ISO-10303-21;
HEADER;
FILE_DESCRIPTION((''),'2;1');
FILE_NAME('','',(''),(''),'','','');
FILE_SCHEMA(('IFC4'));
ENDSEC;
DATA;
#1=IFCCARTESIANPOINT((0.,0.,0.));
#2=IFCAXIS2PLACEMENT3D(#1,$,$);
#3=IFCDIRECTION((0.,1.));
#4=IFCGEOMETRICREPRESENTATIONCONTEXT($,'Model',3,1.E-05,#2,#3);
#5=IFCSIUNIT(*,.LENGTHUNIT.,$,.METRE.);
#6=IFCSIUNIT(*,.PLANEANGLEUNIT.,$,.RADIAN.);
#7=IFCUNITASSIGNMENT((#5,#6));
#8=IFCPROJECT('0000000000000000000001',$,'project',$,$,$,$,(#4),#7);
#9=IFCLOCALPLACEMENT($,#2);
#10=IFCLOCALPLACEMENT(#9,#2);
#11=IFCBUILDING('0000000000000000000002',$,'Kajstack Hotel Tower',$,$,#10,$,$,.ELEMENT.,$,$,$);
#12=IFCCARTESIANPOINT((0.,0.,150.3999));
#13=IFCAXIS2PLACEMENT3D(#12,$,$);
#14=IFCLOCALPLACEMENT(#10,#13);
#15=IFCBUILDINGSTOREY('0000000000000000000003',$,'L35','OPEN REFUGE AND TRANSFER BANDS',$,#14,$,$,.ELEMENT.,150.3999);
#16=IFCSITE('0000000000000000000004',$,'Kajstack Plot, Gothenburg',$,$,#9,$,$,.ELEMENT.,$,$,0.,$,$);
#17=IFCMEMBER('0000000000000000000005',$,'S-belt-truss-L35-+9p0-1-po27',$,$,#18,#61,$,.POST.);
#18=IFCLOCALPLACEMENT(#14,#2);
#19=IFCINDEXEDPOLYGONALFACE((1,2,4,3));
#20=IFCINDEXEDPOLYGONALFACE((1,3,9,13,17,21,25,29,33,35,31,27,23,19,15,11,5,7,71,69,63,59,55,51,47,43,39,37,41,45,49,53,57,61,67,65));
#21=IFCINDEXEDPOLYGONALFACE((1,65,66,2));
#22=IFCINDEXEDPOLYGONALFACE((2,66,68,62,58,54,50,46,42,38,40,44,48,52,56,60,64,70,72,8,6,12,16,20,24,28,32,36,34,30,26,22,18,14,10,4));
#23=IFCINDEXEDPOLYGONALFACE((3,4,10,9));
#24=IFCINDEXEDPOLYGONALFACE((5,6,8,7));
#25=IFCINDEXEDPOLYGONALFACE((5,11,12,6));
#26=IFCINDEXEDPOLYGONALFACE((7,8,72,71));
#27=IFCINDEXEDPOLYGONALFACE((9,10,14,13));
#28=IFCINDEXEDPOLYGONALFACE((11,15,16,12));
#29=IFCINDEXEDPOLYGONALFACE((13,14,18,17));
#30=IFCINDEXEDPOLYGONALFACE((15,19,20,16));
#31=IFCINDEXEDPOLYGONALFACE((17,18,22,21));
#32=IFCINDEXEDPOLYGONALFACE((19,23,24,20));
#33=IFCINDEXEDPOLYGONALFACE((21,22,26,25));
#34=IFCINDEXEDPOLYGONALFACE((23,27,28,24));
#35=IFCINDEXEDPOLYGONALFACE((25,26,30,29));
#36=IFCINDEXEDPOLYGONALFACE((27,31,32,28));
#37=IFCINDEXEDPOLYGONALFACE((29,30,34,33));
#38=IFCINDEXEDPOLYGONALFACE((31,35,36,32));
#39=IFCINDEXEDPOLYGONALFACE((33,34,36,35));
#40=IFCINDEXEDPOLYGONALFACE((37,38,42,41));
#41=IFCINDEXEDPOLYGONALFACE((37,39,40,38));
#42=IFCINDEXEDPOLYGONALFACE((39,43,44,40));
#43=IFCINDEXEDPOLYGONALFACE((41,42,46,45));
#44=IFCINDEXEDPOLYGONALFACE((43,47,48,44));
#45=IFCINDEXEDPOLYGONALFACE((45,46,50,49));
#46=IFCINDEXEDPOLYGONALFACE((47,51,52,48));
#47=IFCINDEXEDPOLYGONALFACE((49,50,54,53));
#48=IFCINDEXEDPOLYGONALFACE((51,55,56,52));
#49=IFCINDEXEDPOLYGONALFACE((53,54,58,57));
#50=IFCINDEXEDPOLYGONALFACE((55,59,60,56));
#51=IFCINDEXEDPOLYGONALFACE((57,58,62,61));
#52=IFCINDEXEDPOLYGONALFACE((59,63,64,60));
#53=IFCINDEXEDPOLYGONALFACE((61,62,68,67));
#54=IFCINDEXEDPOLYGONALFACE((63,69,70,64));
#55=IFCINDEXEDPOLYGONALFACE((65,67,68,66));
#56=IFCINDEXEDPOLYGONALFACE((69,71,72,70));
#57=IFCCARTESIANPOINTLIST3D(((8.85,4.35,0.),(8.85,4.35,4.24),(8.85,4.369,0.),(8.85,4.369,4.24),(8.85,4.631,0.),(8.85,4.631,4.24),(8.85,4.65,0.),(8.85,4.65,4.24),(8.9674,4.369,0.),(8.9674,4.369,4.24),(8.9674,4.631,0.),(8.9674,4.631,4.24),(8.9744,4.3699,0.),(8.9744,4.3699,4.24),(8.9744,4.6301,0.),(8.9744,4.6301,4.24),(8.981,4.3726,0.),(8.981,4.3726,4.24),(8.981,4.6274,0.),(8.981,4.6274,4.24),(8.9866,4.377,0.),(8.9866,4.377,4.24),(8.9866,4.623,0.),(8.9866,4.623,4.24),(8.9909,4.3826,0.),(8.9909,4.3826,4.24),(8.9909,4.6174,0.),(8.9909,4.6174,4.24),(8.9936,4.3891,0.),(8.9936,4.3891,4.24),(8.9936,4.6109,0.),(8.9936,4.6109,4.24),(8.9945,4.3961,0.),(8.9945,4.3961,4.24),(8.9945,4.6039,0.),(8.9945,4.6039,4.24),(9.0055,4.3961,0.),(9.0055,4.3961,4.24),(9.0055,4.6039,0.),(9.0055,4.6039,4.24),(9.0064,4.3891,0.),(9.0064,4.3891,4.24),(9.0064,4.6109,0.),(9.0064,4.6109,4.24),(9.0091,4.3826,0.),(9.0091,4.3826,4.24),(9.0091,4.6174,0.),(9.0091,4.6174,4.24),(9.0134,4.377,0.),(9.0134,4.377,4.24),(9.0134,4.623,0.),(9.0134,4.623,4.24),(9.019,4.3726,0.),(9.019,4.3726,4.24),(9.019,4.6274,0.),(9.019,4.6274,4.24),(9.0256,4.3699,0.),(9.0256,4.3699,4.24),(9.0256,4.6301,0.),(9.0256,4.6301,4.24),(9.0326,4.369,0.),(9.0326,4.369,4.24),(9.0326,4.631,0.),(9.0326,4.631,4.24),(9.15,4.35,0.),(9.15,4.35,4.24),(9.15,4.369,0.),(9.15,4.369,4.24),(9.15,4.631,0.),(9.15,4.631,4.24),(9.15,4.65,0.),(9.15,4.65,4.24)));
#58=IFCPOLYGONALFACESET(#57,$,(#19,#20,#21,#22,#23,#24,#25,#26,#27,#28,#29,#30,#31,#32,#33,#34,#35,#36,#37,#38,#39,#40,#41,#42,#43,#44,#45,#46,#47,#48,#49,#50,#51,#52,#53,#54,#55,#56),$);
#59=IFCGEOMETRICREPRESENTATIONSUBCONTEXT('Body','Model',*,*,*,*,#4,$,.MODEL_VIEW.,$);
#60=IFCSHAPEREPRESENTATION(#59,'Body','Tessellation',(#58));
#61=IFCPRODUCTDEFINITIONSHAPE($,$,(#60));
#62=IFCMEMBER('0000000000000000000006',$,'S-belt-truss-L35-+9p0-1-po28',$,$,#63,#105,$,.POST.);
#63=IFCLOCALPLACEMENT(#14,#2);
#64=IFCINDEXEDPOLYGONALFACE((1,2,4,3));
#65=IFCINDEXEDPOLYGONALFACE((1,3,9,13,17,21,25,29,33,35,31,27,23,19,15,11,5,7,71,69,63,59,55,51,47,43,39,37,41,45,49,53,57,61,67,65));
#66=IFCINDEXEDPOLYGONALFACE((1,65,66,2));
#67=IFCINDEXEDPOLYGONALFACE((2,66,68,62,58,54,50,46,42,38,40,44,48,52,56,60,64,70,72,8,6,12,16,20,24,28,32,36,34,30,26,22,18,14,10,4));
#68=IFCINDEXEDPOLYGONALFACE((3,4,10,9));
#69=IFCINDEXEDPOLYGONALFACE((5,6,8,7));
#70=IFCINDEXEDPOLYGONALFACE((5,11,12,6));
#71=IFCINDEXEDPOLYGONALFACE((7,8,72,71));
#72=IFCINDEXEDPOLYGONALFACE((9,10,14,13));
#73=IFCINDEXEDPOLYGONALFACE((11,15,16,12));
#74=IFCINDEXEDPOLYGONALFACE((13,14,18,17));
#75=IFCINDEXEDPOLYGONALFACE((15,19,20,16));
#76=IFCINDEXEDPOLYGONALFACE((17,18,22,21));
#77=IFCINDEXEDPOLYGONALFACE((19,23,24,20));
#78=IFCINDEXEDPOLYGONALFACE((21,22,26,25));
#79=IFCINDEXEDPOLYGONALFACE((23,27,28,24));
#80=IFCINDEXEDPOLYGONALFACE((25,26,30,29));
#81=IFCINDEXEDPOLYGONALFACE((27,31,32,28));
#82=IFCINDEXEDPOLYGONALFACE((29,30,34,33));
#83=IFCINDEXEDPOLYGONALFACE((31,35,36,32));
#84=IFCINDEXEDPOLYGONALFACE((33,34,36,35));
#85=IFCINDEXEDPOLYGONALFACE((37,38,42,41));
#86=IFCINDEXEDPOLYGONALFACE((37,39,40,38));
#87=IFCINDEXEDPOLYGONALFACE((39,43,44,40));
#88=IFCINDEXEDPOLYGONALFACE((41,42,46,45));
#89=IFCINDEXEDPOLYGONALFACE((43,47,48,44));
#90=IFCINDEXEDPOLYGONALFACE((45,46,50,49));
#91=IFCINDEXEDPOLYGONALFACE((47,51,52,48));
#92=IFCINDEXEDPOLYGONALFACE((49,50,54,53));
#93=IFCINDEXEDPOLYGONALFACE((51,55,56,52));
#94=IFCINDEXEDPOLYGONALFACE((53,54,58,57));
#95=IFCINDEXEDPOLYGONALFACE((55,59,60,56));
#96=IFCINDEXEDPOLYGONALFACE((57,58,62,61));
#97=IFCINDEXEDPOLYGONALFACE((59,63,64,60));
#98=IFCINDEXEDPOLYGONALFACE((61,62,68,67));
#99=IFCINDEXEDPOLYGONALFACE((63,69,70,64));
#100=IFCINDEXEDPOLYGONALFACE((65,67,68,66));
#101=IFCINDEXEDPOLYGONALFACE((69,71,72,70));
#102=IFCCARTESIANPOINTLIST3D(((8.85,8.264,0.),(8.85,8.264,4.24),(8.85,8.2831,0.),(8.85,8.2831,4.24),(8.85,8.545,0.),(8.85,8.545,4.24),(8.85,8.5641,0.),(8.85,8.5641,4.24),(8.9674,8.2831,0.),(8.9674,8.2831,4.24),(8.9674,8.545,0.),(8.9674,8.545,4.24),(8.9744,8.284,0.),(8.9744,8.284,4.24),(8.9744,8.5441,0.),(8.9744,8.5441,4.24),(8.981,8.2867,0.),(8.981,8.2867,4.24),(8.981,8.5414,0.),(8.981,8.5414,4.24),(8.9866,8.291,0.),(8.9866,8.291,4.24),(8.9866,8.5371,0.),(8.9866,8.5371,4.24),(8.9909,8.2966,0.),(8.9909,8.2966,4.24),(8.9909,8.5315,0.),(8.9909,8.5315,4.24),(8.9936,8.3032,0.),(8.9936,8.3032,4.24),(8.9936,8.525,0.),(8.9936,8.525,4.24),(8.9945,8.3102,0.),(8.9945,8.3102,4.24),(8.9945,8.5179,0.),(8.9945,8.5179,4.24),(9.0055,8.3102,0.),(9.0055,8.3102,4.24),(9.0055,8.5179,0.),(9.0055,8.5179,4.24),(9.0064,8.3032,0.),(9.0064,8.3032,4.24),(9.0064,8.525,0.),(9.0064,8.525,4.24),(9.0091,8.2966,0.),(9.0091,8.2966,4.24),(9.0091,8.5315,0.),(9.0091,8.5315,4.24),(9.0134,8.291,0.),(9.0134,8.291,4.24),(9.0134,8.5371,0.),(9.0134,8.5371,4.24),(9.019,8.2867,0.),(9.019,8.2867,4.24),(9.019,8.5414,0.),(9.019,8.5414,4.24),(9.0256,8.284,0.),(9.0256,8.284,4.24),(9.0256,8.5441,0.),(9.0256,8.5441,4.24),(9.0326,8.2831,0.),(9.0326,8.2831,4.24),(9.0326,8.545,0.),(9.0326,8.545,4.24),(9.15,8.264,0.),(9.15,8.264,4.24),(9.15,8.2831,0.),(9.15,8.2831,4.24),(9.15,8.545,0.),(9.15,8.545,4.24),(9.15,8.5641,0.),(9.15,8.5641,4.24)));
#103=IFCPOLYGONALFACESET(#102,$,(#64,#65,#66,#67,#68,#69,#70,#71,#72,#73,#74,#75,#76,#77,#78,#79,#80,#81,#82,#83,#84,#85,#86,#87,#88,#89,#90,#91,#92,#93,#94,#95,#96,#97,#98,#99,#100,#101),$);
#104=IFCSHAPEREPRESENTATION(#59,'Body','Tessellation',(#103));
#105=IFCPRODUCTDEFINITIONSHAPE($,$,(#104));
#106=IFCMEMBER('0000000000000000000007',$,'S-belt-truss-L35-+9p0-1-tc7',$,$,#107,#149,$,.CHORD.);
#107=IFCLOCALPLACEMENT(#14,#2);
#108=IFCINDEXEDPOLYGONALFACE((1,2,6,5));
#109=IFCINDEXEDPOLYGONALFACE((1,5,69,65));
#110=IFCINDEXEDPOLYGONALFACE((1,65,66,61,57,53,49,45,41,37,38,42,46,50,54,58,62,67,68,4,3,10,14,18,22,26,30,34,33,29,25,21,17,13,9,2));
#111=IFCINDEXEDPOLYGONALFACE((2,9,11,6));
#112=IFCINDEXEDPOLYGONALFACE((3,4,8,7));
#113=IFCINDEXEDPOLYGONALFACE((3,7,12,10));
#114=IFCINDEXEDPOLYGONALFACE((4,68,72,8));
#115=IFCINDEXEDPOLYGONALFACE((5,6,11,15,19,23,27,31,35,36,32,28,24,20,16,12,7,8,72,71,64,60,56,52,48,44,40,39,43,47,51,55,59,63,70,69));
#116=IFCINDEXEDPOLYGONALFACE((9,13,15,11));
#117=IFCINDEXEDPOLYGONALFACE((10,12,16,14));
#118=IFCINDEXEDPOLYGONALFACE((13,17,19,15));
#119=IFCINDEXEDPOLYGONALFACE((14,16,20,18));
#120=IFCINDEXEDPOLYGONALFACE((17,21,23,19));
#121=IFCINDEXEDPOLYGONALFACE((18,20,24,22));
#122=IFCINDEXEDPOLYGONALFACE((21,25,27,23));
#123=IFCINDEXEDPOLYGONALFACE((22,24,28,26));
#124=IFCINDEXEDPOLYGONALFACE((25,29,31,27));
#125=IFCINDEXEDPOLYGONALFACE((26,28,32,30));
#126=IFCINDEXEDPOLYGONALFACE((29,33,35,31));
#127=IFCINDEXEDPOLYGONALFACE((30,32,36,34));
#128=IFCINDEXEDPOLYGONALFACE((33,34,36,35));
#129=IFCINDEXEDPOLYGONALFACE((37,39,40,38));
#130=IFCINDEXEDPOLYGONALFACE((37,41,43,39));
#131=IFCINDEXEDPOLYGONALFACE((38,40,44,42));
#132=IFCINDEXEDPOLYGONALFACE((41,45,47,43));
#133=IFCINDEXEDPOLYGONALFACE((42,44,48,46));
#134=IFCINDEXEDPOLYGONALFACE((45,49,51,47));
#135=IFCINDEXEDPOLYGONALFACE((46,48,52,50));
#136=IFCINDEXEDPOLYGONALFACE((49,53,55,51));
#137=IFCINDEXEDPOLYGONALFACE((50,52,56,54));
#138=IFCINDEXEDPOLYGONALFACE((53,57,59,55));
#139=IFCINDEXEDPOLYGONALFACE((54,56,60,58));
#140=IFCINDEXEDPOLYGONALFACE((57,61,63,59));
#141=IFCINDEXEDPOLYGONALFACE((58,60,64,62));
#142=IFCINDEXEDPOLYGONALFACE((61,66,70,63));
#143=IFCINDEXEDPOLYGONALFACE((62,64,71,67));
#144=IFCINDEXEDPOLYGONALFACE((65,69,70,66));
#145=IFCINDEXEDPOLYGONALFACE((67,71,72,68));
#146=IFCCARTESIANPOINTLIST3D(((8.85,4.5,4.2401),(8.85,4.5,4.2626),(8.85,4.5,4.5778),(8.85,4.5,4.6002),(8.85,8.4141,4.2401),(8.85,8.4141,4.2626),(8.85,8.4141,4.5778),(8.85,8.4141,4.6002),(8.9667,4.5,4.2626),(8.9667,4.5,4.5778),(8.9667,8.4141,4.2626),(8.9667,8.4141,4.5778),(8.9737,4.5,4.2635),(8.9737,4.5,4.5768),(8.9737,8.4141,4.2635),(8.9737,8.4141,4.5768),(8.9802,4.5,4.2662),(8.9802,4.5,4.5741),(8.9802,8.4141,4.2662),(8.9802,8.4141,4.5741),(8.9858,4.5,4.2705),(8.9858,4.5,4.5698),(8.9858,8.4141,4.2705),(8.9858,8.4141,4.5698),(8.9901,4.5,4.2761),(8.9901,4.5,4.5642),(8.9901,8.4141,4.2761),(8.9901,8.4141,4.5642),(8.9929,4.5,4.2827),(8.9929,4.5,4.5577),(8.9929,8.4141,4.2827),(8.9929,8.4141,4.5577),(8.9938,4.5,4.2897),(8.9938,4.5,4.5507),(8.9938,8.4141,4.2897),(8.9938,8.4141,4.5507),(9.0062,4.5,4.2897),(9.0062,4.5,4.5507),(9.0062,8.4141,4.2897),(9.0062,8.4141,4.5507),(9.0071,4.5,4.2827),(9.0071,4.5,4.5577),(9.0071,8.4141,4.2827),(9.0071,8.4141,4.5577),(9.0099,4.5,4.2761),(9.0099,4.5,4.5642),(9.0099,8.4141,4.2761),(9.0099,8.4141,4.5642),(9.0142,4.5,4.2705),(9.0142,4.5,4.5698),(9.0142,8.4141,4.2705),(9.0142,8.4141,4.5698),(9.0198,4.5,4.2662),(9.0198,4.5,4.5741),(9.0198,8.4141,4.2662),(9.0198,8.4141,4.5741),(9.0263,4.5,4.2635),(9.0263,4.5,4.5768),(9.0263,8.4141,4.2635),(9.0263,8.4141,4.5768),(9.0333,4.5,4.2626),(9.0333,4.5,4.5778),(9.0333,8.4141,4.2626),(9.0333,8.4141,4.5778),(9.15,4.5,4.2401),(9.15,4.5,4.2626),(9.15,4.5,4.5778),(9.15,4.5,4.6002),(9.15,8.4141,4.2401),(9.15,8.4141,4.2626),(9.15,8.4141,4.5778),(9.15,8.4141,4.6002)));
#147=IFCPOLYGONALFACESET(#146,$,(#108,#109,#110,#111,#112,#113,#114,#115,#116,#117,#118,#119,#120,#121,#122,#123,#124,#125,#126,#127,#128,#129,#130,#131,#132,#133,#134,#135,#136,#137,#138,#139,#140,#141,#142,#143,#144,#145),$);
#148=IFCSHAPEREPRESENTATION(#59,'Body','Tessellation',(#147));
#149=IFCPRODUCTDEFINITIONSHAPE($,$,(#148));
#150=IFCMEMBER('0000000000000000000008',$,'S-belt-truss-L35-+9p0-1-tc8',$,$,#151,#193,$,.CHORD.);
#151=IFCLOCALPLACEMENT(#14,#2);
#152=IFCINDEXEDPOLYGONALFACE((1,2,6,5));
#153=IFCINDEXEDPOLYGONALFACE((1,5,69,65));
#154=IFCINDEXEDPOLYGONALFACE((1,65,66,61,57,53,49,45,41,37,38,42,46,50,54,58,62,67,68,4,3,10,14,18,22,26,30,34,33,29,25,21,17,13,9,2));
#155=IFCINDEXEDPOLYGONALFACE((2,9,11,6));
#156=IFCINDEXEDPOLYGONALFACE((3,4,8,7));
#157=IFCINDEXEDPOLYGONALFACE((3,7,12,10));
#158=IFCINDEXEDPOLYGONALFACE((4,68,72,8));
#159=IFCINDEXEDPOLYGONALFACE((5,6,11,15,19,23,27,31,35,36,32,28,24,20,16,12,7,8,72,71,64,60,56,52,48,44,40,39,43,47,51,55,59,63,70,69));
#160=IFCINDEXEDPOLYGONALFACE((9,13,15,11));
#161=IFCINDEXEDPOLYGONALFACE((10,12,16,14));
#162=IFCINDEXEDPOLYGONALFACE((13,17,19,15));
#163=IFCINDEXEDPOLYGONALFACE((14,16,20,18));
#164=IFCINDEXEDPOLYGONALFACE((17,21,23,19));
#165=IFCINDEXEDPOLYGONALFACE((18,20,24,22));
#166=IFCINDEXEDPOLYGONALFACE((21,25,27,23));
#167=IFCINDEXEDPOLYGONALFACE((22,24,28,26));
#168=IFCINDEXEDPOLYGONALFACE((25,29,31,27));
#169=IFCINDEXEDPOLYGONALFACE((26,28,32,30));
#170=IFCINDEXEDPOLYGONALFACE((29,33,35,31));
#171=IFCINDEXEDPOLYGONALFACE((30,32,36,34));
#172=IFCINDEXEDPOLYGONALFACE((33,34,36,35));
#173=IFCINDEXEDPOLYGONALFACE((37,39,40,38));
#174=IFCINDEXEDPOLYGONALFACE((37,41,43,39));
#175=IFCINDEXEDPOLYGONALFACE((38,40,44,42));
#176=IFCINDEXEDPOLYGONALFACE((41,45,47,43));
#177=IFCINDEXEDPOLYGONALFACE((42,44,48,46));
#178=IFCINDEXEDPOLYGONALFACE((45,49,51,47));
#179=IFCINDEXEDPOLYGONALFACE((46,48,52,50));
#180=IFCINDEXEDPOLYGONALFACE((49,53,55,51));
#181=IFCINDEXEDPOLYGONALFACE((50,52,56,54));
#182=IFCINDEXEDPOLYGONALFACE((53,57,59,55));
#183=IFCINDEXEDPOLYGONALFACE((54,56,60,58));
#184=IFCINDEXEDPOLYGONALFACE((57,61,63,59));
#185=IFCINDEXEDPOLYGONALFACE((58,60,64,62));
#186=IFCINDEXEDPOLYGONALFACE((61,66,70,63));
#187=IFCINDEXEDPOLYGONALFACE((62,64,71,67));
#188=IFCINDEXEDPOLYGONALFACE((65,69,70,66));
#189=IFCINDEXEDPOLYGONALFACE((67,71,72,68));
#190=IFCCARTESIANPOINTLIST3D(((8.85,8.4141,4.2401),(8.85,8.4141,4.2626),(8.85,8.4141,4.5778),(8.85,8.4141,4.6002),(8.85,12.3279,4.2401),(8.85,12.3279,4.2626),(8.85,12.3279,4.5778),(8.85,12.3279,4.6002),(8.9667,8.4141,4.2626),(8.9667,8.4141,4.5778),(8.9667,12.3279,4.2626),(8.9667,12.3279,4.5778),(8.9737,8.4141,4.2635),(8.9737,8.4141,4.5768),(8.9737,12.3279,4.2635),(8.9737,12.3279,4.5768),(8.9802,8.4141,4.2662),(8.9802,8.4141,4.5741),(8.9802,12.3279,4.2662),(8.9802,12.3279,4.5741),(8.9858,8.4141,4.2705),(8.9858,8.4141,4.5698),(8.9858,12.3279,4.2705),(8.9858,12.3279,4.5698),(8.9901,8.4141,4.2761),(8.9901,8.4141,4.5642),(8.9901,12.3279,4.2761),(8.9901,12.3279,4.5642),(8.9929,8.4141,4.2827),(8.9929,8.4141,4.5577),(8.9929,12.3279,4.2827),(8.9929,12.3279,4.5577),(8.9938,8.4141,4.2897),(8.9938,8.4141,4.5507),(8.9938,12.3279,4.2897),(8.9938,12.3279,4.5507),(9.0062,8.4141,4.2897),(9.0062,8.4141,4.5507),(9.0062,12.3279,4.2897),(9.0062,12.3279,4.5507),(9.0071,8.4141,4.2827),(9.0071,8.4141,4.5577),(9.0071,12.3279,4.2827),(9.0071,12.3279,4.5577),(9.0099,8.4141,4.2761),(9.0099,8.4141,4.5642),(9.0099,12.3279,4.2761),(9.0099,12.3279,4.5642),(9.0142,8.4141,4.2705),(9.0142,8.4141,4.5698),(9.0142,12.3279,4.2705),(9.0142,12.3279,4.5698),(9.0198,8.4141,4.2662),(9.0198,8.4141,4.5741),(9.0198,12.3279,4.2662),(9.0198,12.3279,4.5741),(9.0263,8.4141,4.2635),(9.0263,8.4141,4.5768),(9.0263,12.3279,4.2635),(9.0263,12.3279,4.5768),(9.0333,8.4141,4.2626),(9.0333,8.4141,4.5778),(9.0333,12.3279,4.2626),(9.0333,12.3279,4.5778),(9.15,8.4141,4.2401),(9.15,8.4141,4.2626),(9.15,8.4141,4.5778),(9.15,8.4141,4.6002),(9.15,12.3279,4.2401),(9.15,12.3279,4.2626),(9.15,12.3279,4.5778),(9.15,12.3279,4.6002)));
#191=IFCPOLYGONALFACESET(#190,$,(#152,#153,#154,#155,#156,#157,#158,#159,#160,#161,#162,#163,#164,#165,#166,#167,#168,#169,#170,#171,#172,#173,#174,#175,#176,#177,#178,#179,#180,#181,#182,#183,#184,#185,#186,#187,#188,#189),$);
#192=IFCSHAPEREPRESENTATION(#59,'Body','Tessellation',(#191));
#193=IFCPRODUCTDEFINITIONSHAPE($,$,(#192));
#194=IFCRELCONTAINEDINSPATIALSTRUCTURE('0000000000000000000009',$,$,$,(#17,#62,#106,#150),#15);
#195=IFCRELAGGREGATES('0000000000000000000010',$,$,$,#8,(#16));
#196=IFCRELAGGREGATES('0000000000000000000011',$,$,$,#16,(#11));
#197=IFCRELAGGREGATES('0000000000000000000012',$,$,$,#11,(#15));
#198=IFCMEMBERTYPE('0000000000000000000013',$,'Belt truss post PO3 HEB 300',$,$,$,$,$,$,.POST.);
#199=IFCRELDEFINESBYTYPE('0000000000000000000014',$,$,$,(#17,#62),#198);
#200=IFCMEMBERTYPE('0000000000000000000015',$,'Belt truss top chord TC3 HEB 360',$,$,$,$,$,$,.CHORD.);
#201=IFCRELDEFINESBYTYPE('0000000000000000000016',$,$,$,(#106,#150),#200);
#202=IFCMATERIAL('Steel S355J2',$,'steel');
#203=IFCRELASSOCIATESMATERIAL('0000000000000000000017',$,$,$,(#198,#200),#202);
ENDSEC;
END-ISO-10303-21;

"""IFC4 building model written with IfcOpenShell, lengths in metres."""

from ifc_helpers import new_model, si_unit, direction, frame, origin, origin_2d, place, context, subcontext, project, spatial, i_section, extrude, material, material_profile, profile_set, type_object, element, save


model = new_model("IFC4")

# Units and contexts
model_context = context("Model", 3, precision=1e-05, world=origin(), true_north=direction((0.0, 1.0)))
body_context = subcontext(model_context, "Body", "Model", "MODEL_VIEW")
ifc_project = project(units=[si_unit("LENGTHUNIT", "METRE"), si_unit("PLANEANGLEUNIT", "RADIAN")], contexts=[model_context])

# Site, building, storey
site_placement = place(None, origin())
site = spatial("IfcSite", under=ifc_project, at=site_placement, Name="Kajstack Plot, Gothenburg", CompositionType="ELEMENT", RefElevation=0.0)
building_placement = place(site_placement, origin())
building = spatial("IfcBuilding", under=site, at=building_placement, Name="Kajstack Hotel Tower", CompositionType="ELEMENT")
storey_placement = place(building_placement, frame((0.0, 0.0, 150.3999)))
storey = spatial("IfcBuildingStorey", under=building, at=storey_placement, Name="L35", Description="OPEN REFUGE AND TRANSFER BANDS", CompositionType="ELEMENT", Elevation=150.3999)

# Members
ifc_material_1 = material(Name="Steel S355J2", Category="steel")
ifc_material_profile_1 = material_profile(ifc_material_1, i_section(OverallWidth=0.3, OverallDepth=0.3, WebThickness=0.011, FlangeThickness=0.019, FilletRadius=0.0271, at=origin_2d()), Name="HEB 300")
ifc_profile_set_1 = profile_set([ifc_material_profile_1], Name="Steel S355J2")
member_type_1 = type_object("IfcMemberType", Name="Belt truss post PO3 HEB 300", PredefinedType="POST", material=ifc_profile_set_1)
for number, where, z_axis, x_axis, name in (
    (1, (9.0, 4.5, 0.0), (0.0, 0.0, 1.0), (1.0, 0.0, 0.0), "S-belt-truss-L35-+9p0-1-po27"),
    (2, (9.0, 8.4141, 0.0), (0.0, 0.0, 1.0), (1.0, 0.0, 0.0), "S-belt-truss-L35-+9p0-1-po28"),
):
    element("IfcMember", number, at=place(storey_placement, frame(where, z_axis=z_axis, x_axis=x_axis)), inside=storey, type_object=member_type_1, Name=name, PredefinedType="POST", context=body_context, shape_type="SweptSolid", body=[
        extrude(i_section(OverallWidth=0.3, OverallDepth=0.3, WebThickness=0.011, FlangeThickness=0.019, FilletRadius=0.0271, at=origin_2d()), origin(), (0.0, 0.0, 1.0), 4.24),
    ])
ifc_material_profile_2 = material_profile(ifc_material_1, i_section(OverallWidth=0.3, OverallDepth=0.3601, WebThickness=0.0125, FlangeThickness=0.0225, FilletRadius=0.0271, at=origin_2d()), Name="HEB 360")
ifc_profile_set_2 = profile_set([ifc_material_profile_2], Name="Steel S355J2")
member_type_2 = type_object("IfcMemberType", Name="Belt truss top chord TC3 HEB 360", PredefinedType="CHORD", material=ifc_profile_set_2)
member_1_placement = place(storey_placement, frame((9.0, 4.5, 4.4202), z_axis=(0.0, 1.0, 0.0), x_axis=(-1.0, 0.0, 0.0)))
element("IfcMember", 3, at=member_1_placement, inside=storey, type_object=member_type_2, Name="S-belt-truss-L35-+9p0-1-tc7", PredefinedType="CHORD", context=body_context, shape_type="SweptSolid", body=[
    extrude(i_section(OverallWidth=0.3, OverallDepth=0.3601, WebThickness=0.0125, FlangeThickness=0.0225, FilletRadius=0.0271, at=origin_2d()), origin(), (0.0, 0.0, 1.0), 3.9141),
])
member_2_placement = place(storey_placement, frame((9.0, 8.4141, 4.4202), z_axis=(0.0, 1.0, 0.0), x_axis=(-1.0, 0.0, 0.0)))
element("IfcMember", 4, at=member_2_placement, inside=storey, type_object=member_type_2, Name="S-belt-truss-L35-+9p0-1-tc8", PredefinedType="CHORD", context=body_context, shape_type="SweptSolid", body=[
    extrude(i_section(OverallWidth=0.3, OverallDepth=0.3601, WebThickness=0.0125, FlangeThickness=0.0225, FilletRadius=0.0271, at=origin_2d()), origin(), (0.0, 0.0, 1.0), 3.9138),
])

save(model, "model.ifc")
